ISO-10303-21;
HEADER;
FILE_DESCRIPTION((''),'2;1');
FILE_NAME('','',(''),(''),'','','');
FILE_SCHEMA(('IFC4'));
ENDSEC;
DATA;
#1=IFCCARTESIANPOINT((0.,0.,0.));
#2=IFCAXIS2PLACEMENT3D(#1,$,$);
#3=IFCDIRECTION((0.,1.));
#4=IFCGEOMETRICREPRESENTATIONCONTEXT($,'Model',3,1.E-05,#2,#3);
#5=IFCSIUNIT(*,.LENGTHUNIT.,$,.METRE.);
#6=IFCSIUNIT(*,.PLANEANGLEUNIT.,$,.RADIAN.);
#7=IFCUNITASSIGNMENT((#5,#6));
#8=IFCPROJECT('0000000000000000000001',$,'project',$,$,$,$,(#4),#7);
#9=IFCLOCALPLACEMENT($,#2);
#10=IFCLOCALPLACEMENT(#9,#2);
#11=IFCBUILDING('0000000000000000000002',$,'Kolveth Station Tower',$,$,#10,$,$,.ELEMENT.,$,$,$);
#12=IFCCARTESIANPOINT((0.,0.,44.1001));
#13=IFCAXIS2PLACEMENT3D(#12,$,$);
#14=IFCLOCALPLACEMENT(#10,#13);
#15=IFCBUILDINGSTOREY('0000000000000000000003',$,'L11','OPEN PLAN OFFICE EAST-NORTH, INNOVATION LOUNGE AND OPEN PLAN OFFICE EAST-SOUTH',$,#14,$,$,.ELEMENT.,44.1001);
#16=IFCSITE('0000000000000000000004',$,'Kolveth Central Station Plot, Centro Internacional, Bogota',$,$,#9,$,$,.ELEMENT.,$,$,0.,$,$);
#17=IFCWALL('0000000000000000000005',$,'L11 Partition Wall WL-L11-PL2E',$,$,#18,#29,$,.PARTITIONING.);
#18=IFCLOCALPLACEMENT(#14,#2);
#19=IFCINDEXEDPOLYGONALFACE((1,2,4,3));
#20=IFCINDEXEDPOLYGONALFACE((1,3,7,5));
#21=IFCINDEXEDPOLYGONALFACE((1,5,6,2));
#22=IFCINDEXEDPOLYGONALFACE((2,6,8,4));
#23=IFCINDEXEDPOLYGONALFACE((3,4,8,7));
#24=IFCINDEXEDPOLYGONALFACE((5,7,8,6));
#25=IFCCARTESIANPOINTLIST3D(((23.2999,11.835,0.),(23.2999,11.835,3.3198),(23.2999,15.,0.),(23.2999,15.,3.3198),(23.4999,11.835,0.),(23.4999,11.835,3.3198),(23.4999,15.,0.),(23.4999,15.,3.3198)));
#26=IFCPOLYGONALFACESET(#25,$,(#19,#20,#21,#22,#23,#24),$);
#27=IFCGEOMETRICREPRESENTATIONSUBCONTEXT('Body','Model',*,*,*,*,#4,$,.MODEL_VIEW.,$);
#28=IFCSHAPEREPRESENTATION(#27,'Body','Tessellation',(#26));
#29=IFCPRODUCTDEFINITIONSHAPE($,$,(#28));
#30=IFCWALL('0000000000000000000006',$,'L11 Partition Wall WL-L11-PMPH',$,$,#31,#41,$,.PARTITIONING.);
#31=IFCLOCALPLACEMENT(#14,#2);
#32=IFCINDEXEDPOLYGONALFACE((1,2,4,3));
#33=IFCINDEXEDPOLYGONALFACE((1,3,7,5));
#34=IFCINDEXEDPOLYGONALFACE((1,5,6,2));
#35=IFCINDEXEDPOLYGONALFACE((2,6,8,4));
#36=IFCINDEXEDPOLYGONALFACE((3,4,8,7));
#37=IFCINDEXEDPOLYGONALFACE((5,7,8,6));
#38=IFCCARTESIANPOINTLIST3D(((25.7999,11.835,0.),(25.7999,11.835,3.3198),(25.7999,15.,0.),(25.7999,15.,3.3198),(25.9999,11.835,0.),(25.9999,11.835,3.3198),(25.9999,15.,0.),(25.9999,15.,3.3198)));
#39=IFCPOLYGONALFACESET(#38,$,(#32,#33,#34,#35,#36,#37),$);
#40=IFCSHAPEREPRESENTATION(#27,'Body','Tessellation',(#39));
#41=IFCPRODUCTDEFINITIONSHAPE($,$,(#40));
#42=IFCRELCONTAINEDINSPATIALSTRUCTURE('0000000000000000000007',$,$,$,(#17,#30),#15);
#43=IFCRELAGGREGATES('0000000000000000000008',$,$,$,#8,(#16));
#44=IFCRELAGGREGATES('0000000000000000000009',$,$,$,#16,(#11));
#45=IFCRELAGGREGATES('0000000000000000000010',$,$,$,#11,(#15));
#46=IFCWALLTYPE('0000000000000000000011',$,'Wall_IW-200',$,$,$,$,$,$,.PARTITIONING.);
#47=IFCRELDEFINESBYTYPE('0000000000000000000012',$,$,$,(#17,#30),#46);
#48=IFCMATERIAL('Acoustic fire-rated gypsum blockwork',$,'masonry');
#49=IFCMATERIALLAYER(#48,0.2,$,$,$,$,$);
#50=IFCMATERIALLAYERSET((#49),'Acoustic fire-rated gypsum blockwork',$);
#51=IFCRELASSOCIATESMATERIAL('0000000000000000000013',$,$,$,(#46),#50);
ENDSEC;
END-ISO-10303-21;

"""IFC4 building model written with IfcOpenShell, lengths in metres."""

from ifc_helpers import new_model, si_unit, direction, frame, frame_2d, origin, place, context, subcontext, project, spatial, rectangle, extrude, material, layer, layer_set, type_object, element, save


model = new_model("IFC4")

# Units and contexts
model_context = context("Model", 3, precision=1e-05, world=origin(), true_north=direction((0.0, 1.0)))
body_context = subcontext(model_context, "Body", "Model", "MODEL_VIEW")
ifc_project = project(units=[si_unit("LENGTHUNIT", "METRE"), si_unit("PLANEANGLEUNIT", "RADIAN")], contexts=[model_context])

# Site, building, storey
site_placement = place(None, origin())
site = spatial("IfcSite", under=ifc_project, at=site_placement, Name="Kolveth Central Station Plot, Centro Internacional, Bogota", CompositionType="ELEMENT", RefElevation=0.0)
building_placement = place(site_placement, origin())
building = spatial("IfcBuilding", under=site, at=building_placement, Name="Kolveth Station Tower", CompositionType="ELEMENT")
storey_placement = place(building_placement, frame((0.0, 0.0, 44.1001)))
storey = spatial("IfcBuildingStorey", under=building, at=storey_placement, Name="L11", Description="OPEN PLAN OFFICE EAST-NORTH, INNOVATION LOUNGE AND OPEN PLAN OFFICE EAST-SOUTH", CompositionType="ELEMENT", Elevation=44.1001)

# Shared definitions
ifc_material_1 = material(Name="Acoustic fire-rated gypsum blockwork", Category="masonry")
ifc_layer_1 = layer(ifc_material_1, 0.2)
ifc_layer_set_1 = layer_set([ifc_layer_1], Name="Acoustic fire-rated gypsum blockwork")
wall_type_1 = type_object("IfcWallType", Name="Wall_IW-200", PredefinedType="PARTITIONING", material=ifc_layer_set_1)

# Walls
for number, where, z_axis, x_axis, name in (
    (1, (23.3999, 11.835, 0.0), (0.0, 0.0, 1.0), (0.0, 1.0, 0.0), "L11 Partition Wall WL-L11-PL2E"),
    (2, (25.8999, 11.835, 0.0), (0.0, 0.0, 1.0), (0.0, 1.0, 0.0), "L11 Partition Wall WL-L11-PMPH"),
):
    element("IfcWall", number, at=place(storey_placement, frame(where, z_axis=z_axis, x_axis=x_axis)), inside=storey, type_object=wall_type_1, Name=name, PredefinedType="PARTITIONING", context=body_context, shape_type="SweptSolid", body=[
        extrude(rectangle(XDim=3.165, YDim=0.2, at=frame_2d((1.5825, 0.0))), origin(), (0.0, 0.0, 1.0), 3.3198),
    ])

save(model, "model.ifc")
